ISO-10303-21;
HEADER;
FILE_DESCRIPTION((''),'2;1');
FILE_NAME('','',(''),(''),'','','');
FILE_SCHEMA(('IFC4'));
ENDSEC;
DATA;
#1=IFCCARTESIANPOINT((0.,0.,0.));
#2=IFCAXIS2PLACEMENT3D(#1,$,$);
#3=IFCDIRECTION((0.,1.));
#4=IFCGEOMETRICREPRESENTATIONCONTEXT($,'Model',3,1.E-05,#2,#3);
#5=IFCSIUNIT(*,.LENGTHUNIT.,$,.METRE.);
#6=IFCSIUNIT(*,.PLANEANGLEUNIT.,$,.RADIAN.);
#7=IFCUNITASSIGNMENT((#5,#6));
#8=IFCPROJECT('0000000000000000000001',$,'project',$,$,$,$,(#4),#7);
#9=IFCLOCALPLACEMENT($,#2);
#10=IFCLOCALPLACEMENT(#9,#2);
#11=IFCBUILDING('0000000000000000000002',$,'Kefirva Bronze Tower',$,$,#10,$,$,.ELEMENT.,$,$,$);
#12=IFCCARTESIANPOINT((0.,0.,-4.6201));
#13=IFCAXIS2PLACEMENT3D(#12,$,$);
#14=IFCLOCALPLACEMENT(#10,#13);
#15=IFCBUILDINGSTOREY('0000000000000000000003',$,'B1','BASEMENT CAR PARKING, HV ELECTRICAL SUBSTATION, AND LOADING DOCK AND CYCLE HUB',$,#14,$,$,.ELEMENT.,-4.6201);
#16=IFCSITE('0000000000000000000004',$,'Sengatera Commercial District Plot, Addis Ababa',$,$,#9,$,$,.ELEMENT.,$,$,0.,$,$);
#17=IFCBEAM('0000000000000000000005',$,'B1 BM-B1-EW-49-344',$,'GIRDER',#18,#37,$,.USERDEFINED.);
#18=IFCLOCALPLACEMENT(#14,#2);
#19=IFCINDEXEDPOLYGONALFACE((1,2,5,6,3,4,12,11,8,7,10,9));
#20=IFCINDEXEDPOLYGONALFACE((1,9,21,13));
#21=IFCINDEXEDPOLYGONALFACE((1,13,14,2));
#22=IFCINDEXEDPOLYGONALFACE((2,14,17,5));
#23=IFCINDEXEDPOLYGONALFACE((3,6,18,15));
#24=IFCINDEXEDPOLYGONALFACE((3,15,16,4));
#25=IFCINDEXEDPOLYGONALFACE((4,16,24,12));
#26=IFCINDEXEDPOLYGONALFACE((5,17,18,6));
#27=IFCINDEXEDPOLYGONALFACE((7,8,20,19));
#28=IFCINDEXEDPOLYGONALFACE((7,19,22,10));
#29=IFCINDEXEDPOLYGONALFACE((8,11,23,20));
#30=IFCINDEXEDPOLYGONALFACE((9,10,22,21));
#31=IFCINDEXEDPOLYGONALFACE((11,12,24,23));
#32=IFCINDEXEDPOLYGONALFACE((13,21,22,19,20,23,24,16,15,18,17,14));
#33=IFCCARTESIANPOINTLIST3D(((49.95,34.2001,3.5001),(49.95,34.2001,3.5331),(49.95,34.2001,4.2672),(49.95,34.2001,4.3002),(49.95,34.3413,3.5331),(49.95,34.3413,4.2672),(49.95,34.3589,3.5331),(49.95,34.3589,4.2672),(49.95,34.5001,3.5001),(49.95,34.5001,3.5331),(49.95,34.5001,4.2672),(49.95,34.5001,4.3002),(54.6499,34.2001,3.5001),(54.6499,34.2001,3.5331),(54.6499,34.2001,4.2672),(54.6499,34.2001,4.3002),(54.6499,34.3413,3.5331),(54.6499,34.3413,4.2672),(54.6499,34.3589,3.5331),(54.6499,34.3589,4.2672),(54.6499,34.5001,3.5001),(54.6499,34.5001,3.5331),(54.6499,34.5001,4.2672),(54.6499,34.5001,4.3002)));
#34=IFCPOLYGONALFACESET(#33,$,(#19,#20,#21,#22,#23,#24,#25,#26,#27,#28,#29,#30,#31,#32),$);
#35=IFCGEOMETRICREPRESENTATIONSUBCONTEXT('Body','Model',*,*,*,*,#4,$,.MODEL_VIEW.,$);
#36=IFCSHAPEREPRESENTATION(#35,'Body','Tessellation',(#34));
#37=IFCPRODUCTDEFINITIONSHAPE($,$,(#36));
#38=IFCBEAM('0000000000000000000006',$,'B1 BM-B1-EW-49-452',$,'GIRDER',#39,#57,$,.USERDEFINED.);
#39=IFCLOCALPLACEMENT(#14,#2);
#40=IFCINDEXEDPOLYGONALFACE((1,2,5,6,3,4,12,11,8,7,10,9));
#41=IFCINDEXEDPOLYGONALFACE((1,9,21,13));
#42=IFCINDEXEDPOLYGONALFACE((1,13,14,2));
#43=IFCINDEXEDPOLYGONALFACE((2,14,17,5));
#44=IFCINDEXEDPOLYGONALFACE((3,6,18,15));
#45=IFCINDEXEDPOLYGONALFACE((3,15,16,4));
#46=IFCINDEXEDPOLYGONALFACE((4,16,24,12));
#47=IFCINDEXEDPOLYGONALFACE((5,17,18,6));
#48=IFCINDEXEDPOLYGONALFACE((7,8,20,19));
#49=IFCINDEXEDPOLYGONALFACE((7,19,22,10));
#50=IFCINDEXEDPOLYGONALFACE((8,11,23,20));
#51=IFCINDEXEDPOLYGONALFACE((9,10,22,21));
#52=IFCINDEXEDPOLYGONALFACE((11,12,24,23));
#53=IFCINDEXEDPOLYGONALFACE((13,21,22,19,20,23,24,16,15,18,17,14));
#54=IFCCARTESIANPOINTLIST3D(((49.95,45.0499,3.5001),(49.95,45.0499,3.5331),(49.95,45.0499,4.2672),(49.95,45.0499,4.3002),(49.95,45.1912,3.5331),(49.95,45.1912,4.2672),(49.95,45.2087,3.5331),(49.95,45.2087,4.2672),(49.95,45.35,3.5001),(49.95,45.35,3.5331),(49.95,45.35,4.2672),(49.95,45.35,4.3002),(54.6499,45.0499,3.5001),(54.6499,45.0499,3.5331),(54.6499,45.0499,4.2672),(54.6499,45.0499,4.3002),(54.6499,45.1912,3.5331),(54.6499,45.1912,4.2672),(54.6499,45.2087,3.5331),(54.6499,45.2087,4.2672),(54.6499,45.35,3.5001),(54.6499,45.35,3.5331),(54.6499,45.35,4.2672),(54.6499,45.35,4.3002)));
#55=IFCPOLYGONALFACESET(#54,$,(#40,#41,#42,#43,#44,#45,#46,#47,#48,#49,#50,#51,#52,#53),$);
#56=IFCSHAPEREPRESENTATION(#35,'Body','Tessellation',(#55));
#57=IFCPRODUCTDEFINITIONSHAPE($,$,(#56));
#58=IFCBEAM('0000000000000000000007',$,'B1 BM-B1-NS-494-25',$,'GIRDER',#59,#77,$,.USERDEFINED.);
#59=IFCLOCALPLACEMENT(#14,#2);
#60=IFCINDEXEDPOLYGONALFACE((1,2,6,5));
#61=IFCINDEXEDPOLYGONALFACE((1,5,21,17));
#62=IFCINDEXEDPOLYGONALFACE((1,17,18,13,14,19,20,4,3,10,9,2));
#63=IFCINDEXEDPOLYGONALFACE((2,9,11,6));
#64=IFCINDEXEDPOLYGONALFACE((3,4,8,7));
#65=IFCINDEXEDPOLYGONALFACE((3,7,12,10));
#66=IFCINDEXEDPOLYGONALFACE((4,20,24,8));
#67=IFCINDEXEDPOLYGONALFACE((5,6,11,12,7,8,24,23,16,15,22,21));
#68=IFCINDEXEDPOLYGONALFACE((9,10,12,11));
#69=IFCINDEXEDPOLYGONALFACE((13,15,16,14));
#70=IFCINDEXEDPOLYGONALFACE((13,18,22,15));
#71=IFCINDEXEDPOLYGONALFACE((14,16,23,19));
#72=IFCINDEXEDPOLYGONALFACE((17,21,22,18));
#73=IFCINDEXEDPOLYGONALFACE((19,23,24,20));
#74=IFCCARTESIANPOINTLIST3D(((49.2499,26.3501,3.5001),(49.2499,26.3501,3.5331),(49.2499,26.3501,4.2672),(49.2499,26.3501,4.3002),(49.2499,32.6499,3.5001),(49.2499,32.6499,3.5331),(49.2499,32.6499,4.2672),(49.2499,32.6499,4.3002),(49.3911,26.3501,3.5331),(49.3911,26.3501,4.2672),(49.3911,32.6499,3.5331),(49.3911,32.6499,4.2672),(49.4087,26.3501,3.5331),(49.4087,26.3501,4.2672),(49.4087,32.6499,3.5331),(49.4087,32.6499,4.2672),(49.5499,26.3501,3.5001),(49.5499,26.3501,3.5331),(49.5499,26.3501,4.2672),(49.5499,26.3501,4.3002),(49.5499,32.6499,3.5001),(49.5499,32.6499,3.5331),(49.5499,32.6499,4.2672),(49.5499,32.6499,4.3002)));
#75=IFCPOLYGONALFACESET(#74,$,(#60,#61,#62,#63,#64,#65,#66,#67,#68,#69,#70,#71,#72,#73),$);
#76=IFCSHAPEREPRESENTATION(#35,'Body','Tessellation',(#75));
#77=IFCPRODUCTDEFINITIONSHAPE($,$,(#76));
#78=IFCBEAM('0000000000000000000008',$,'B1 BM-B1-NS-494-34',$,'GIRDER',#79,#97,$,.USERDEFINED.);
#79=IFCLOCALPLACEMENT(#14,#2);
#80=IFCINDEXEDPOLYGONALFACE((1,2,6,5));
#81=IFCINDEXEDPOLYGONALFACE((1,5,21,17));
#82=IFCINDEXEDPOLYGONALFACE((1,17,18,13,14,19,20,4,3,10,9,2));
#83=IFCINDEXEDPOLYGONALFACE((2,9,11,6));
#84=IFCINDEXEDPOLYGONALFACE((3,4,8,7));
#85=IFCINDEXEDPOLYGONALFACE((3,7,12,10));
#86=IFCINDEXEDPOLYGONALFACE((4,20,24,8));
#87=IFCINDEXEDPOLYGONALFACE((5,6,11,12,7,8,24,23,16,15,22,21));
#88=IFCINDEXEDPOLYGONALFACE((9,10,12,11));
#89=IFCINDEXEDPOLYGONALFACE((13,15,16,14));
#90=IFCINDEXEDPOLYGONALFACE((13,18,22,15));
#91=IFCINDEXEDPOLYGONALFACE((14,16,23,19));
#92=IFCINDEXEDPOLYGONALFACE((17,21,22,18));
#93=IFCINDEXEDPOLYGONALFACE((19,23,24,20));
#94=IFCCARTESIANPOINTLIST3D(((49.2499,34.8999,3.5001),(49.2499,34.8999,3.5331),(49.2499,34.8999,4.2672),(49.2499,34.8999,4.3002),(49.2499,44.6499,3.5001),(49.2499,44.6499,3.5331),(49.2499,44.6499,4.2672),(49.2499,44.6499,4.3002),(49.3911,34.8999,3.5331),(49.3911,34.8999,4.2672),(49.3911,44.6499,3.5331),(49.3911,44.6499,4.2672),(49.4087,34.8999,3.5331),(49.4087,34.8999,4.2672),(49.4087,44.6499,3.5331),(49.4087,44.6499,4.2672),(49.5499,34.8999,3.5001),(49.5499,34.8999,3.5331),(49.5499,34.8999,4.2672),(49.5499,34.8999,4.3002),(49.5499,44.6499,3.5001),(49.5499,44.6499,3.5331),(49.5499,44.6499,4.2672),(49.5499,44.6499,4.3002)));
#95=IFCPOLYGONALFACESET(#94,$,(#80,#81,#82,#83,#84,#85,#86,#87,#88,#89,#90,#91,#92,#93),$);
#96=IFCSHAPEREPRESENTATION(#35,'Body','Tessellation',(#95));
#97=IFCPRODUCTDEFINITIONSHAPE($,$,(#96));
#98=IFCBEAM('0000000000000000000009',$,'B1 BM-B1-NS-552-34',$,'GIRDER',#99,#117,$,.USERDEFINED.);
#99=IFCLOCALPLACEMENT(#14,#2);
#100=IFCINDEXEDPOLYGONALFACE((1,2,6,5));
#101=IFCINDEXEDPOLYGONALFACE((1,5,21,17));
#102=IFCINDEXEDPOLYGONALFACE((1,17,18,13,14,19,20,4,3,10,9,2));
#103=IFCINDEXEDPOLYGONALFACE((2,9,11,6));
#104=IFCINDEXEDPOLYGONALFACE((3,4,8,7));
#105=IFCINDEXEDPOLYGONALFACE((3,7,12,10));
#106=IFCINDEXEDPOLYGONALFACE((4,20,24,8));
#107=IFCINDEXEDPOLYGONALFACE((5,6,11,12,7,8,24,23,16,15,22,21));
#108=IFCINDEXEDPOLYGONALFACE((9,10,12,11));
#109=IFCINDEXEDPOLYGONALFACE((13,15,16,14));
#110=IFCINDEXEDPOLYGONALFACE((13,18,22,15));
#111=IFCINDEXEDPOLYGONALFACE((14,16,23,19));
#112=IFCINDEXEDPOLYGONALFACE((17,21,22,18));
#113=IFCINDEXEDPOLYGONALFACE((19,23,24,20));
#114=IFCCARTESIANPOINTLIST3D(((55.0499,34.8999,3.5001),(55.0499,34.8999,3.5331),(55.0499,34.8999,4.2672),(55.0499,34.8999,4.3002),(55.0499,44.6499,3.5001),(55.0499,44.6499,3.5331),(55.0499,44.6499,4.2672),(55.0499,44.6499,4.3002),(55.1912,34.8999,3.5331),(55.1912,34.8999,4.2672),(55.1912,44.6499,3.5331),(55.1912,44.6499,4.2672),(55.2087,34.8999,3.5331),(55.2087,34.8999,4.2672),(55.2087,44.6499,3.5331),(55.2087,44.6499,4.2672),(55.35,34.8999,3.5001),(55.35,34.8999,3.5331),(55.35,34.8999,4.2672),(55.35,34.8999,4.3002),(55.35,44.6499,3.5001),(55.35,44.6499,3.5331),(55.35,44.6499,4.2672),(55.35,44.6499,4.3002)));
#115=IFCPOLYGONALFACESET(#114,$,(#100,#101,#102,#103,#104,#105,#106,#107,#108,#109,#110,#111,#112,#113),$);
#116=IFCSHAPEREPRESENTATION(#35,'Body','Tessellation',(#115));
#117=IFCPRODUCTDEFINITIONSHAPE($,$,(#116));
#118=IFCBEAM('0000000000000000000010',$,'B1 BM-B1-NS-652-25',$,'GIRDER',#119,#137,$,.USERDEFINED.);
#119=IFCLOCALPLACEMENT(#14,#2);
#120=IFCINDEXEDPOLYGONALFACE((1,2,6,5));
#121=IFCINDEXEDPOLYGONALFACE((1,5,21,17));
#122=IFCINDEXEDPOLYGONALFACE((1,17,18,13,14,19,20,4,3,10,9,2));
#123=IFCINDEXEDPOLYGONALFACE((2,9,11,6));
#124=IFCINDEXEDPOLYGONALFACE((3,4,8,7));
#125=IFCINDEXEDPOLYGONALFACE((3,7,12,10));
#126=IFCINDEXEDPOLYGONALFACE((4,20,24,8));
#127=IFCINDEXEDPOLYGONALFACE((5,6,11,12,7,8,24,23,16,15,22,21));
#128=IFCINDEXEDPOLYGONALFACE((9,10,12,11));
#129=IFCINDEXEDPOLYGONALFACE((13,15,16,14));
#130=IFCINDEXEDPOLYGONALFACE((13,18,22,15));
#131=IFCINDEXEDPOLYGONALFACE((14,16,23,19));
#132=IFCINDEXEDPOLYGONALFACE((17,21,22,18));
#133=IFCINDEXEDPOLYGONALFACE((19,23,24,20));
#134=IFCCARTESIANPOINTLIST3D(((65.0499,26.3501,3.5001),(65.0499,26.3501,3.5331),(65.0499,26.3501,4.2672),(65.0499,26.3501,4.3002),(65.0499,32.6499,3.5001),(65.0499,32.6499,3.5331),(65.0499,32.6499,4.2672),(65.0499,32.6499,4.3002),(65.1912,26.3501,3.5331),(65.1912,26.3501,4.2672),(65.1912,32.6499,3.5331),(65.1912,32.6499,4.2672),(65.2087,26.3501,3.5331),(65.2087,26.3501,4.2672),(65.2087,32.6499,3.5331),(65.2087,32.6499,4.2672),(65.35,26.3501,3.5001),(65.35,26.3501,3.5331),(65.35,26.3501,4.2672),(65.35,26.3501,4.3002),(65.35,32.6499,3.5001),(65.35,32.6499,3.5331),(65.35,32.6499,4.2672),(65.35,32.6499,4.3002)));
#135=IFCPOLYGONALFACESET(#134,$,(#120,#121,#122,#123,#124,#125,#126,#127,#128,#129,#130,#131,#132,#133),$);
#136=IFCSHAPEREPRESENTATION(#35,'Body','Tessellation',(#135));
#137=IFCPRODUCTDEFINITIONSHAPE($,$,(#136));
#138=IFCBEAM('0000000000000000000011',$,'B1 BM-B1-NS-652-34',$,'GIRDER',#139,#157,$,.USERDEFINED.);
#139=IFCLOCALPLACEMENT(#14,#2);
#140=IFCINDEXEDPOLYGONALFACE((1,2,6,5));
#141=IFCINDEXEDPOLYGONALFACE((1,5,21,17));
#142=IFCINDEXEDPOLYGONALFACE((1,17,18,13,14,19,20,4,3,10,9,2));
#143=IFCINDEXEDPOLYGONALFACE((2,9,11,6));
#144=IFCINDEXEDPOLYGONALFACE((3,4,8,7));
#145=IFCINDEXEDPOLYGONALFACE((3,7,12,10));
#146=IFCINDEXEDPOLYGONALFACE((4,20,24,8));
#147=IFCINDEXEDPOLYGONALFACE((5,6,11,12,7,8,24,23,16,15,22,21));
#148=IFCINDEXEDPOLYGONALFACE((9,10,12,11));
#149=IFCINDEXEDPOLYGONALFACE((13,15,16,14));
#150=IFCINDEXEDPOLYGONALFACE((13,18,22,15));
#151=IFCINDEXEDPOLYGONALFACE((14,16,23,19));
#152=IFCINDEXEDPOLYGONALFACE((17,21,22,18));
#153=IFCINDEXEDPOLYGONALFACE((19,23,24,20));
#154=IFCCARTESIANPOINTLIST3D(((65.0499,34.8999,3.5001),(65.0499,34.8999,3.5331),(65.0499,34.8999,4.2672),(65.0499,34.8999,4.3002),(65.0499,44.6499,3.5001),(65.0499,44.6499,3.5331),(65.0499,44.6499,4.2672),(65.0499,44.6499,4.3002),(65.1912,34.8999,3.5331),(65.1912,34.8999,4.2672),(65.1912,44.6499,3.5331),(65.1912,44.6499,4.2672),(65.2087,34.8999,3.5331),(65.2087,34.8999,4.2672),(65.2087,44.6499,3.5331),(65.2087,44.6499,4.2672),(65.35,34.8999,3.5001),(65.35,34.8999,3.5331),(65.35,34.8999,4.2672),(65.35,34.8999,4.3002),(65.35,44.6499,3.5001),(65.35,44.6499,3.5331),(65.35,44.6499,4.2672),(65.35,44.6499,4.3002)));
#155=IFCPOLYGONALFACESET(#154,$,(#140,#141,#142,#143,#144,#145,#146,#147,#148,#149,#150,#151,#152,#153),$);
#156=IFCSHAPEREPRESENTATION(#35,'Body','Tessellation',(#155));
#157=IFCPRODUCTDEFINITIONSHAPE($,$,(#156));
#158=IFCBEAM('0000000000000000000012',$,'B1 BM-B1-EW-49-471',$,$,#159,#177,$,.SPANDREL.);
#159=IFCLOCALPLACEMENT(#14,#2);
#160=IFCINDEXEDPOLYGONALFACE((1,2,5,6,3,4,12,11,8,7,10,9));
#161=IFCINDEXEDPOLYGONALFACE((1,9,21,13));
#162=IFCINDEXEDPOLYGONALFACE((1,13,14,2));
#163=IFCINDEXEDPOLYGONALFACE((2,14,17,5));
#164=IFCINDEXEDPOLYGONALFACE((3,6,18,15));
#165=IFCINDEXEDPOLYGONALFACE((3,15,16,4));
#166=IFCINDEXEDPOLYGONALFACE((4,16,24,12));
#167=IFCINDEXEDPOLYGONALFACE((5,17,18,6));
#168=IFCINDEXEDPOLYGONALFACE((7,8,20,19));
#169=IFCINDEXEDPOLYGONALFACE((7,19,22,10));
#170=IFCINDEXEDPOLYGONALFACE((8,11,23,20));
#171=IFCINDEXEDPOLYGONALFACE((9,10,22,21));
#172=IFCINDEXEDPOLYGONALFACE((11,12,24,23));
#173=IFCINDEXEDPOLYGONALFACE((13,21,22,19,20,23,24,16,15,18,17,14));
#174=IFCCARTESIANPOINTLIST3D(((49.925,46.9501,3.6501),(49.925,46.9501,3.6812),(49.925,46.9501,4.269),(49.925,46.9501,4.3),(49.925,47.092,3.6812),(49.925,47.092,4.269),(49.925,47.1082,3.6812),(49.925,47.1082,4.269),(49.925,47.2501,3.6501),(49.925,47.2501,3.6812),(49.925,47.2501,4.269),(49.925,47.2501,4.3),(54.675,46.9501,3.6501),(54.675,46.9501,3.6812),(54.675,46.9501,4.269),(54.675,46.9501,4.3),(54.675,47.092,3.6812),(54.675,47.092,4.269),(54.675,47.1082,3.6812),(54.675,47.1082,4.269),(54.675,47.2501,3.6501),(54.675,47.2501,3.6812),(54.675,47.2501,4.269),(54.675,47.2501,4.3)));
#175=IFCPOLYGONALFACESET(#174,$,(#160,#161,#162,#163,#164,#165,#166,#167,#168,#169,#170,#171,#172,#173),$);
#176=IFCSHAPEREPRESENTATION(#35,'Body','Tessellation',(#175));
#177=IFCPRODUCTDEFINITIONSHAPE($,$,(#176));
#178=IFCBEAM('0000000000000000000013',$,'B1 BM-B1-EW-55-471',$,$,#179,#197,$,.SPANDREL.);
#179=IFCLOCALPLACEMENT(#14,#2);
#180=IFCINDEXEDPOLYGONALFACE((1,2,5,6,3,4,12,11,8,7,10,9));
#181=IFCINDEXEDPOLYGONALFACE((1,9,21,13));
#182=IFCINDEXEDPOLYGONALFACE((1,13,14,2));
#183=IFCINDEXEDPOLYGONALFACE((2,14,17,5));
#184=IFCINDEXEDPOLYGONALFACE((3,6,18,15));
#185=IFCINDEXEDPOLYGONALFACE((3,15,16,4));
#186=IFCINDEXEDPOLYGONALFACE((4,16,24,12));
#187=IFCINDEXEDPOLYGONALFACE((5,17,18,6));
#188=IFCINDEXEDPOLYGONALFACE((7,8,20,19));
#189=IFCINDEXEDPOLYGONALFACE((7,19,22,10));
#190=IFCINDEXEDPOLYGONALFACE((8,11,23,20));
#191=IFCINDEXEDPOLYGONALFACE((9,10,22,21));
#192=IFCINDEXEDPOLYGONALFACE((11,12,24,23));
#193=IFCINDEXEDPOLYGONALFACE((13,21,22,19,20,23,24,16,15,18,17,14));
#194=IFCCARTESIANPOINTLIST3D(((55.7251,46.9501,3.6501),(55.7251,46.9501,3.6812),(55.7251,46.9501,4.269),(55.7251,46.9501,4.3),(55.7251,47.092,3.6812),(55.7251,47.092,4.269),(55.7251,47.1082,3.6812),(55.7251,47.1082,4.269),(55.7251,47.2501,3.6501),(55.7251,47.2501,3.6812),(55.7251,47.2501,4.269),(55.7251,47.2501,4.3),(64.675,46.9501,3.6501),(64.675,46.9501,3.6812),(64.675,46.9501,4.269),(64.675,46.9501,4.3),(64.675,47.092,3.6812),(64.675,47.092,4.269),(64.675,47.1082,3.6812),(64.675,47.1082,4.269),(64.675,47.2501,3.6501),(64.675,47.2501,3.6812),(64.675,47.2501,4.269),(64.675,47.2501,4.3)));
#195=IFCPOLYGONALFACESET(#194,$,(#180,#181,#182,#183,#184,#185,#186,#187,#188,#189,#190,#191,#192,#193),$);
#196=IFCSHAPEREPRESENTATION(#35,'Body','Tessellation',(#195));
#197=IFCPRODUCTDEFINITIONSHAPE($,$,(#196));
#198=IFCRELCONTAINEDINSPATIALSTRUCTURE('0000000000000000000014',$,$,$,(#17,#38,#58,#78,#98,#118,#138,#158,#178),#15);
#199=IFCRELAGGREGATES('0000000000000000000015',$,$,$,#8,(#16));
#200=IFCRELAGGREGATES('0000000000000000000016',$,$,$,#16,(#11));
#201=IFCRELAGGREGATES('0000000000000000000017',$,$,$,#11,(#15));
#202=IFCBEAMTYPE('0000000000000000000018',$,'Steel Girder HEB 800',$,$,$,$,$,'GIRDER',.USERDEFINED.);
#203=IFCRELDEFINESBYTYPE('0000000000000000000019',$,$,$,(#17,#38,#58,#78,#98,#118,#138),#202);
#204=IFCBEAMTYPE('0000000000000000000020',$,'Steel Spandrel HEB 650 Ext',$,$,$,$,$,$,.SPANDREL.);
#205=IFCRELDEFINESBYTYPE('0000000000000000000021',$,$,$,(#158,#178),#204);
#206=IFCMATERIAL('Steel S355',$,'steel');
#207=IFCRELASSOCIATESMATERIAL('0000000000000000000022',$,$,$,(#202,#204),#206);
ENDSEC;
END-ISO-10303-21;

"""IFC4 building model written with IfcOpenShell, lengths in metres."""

from ifc_helpers import new_model, si_unit, direction, frame, origin, origin_2d, place, context, subcontext, project, spatial, i_section, extrude, material, material_profile, profile_set, type_object, element, save


model = new_model("IFC4")

# Units and contexts
model_context = context("Model", 3, precision=1e-05, world=origin(), true_north=direction((0.0, 1.0)))
body_context = subcontext(model_context, "Body", "Model", "MODEL_VIEW")
ifc_project = project(units=[si_unit("LENGTHUNIT", "METRE"), si_unit("PLANEANGLEUNIT", "RADIAN")], contexts=[model_context])

# Site, building, storey
site_placement = place(None, origin())
site = spatial("IfcSite", under=ifc_project, at=site_placement, Name="Sengatera Commercial District Plot, Addis Ababa", CompositionType="ELEMENT", RefElevation=0.0)
building_placement = place(site_placement, origin())
building = spatial("IfcBuilding", under=site, at=building_placement, Name="Kefirva Bronze Tower", CompositionType="ELEMENT")
storey_placement = place(building_placement, frame((0.0, 0.0, -4.6201)))
storey = spatial("IfcBuildingStorey", under=building, at=storey_placement, Name="B1", Description="BASEMENT CAR PARKING, HV ELECTRICAL SUBSTATION, AND LOADING DOCK AND CYCLE HUB", CompositionType="ELEMENT", Elevation=-4.6201)

# Beams
ifc_material_1 = material(Name="Steel S355", Category="steel")
ifc_material_profile_1 = material_profile(ifc_material_1, i_section(OverallWidth=0.3, OverallDepth=0.8, WebThickness=0.0176, FlangeThickness=0.033, at=origin_2d()), Name="HEB 800")
ifc_profile_set_1 = profile_set([ifc_material_profile_1], Name="Steel S355")
beam_type_1 = type_object("IfcBeamType", Name="Steel Girder HEB 800", ElementType="GIRDER", PredefinedType="USERDEFINED", material=ifc_profile_set_1)
for number, where, z_axis, x_axis, name in (
    (1, (49.95, 34.3501, 3.9001), (1.0, 0.0, 0.0), (0.0, 1.0, 0.0), "B1 BM-B1-EW-49-344"),
    (2, (49.95, 45.2, 3.9001), (1.0, 0.0, 0.0), (0.0, 1.0, 0.0), "B1 BM-B1-EW-49-452"),
):
    element("IfcBeam", number, at=place(storey_placement, frame(where, z_axis=z_axis, x_axis=x_axis)), inside=storey, type_object=beam_type_1, Name=name, ObjectType="GIRDER", PredefinedType="USERDEFINED", context=body_context, shape_type="SweptSolid", body=[
        extrude(i_section(OverallWidth=0.3, OverallDepth=0.8, WebThickness=0.0176, FlangeThickness=0.033, at=origin_2d()), origin(), (0.0, 0.0, 1.0), 4.7),
    ])
beam_1_placement = place(storey_placement, frame((49.3999, 26.3501, 3.9001), z_axis=(0.0, 1.0, 0.0), x_axis=(-1.0, 0.0, 0.0)))
element("IfcBeam", 3, at=beam_1_placement, inside=storey, type_object=beam_type_1, Name="B1 BM-B1-NS-494-25", ObjectType="GIRDER", PredefinedType="USERDEFINED", context=body_context, shape_type="SweptSolid", body=[
    extrude(i_section(OverallWidth=0.3, OverallDepth=0.8, WebThickness=0.0176, FlangeThickness=0.033, at=origin_2d()), origin(), (0.0, 0.0, 1.0), 6.2998),
])
for number, where, z_axis, x_axis, name in (
    (4, (49.3999, 34.8999, 3.9001), (0.0, 1.0, 0.0), (-1.0, 0.0, 0.0), "B1 BM-B1-NS-494-34"),
    (5, (55.2, 34.8999, 3.9001), (0.0, 1.0, 0.0), (-1.0, 0.0, 0.0), "B1 BM-B1-NS-552-34"),
):
    element("IfcBeam", number, at=place(storey_placement, frame(where, z_axis=z_axis, x_axis=x_axis)), inside=storey, type_object=beam_type_1, Name=name, ObjectType="GIRDER", PredefinedType="USERDEFINED", context=body_context, shape_type="SweptSolid", body=[
        extrude(i_section(OverallWidth=0.3, OverallDepth=0.8, WebThickness=0.0176, FlangeThickness=0.033, at=origin_2d()), origin(), (0.0, 0.0, 1.0), 9.75),
    ])
beam_2_placement = place(storey_placement, frame((65.2, 26.3501, 3.9001), z_axis=(0.0, 1.0, 0.0), x_axis=(-1.0, 0.0, 0.0)))
element("IfcBeam", 6, at=beam_2_placement, inside=storey, type_object=beam_type_1, Name="B1 BM-B1-NS-652-25", ObjectType="GIRDER", PredefinedType="USERDEFINED", context=body_context, shape_type="SweptSolid", body=[
    extrude(i_section(OverallWidth=0.3, OverallDepth=0.8, WebThickness=0.0176, FlangeThickness=0.033, at=origin_2d()), origin(), (0.0, 0.0, 1.0), 6.2998),
])
beam_3_placement = place(storey_placement, frame((65.2, 34.8999, 3.9001), z_axis=(0.0, 1.0, 0.0), x_axis=(-1.0, 0.0, 0.0)))
element("IfcBeam", 7, at=beam_3_placement, inside=storey, type_object=beam_type_1, Name="B1 BM-B1-NS-652-34", ObjectType="GIRDER", PredefinedType="USERDEFINED", context=body_context, shape_type="SweptSolid", body=[
    extrude(i_section(OverallWidth=0.3, OverallDepth=0.8, WebThickness=0.0176, FlangeThickness=0.033, at=origin_2d()), origin(), (0.0, 0.0, 1.0), 9.75),
])
ifc_material_profile_2 = material_profile(ifc_material_1, i_section(OverallWidth=0.3, OverallDepth=0.6499, WebThickness=0.0161, FlangeThickness=0.031, at=origin_2d()), Name="HEB 650")
ifc_profile_set_2 = profile_set([ifc_material_profile_2], Name="Steel S355")
beam_type_2 = type_object("IfcBeamType", Name="Steel Spandrel HEB 650 Ext", PredefinedType="SPANDREL", material=ifc_profile_set_2)
beam_4_placement = place(storey_placement, frame((49.925, 47.1001, 3.9751), z_axis=(1.0, 0.0, 0.0), x_axis=(0.0, 1.0, 0.0)))
element("IfcBeam", 8, at=beam_4_placement, inside=storey, type_object=beam_type_2, Name="B1 BM-B1-EW-49-471", PredefinedType="SPANDREL", context=body_context, shape_type="SweptSolid", body=[
    extrude(i_section(OverallWidth=0.3, OverallDepth=0.6499, WebThickness=0.0161, FlangeThickness=0.031, at=origin_2d()), origin(), (0.0, 0.0, 1.0), 4.75),
])
beam_5_placement = place(storey_placement, frame((55.7251, 47.1001, 3.9751), z_axis=(1.0, 0.0, 0.0), x_axis=(0.0, 1.0, 0.0)))
element("IfcBeam", 9, at=beam_5_placement, inside=storey, type_object=beam_type_2, Name="B1 BM-B1-EW-55-471", PredefinedType="SPANDREL", context=body_context, shape_type="SweptSolid", body=[
    extrude(i_section(OverallWidth=0.3, OverallDepth=0.6499, WebThickness=0.0161, FlangeThickness=0.031, at=origin_2d()), origin(), (0.0, 0.0, 1.0), 8.95),
])

save(model, "model.ifc")
